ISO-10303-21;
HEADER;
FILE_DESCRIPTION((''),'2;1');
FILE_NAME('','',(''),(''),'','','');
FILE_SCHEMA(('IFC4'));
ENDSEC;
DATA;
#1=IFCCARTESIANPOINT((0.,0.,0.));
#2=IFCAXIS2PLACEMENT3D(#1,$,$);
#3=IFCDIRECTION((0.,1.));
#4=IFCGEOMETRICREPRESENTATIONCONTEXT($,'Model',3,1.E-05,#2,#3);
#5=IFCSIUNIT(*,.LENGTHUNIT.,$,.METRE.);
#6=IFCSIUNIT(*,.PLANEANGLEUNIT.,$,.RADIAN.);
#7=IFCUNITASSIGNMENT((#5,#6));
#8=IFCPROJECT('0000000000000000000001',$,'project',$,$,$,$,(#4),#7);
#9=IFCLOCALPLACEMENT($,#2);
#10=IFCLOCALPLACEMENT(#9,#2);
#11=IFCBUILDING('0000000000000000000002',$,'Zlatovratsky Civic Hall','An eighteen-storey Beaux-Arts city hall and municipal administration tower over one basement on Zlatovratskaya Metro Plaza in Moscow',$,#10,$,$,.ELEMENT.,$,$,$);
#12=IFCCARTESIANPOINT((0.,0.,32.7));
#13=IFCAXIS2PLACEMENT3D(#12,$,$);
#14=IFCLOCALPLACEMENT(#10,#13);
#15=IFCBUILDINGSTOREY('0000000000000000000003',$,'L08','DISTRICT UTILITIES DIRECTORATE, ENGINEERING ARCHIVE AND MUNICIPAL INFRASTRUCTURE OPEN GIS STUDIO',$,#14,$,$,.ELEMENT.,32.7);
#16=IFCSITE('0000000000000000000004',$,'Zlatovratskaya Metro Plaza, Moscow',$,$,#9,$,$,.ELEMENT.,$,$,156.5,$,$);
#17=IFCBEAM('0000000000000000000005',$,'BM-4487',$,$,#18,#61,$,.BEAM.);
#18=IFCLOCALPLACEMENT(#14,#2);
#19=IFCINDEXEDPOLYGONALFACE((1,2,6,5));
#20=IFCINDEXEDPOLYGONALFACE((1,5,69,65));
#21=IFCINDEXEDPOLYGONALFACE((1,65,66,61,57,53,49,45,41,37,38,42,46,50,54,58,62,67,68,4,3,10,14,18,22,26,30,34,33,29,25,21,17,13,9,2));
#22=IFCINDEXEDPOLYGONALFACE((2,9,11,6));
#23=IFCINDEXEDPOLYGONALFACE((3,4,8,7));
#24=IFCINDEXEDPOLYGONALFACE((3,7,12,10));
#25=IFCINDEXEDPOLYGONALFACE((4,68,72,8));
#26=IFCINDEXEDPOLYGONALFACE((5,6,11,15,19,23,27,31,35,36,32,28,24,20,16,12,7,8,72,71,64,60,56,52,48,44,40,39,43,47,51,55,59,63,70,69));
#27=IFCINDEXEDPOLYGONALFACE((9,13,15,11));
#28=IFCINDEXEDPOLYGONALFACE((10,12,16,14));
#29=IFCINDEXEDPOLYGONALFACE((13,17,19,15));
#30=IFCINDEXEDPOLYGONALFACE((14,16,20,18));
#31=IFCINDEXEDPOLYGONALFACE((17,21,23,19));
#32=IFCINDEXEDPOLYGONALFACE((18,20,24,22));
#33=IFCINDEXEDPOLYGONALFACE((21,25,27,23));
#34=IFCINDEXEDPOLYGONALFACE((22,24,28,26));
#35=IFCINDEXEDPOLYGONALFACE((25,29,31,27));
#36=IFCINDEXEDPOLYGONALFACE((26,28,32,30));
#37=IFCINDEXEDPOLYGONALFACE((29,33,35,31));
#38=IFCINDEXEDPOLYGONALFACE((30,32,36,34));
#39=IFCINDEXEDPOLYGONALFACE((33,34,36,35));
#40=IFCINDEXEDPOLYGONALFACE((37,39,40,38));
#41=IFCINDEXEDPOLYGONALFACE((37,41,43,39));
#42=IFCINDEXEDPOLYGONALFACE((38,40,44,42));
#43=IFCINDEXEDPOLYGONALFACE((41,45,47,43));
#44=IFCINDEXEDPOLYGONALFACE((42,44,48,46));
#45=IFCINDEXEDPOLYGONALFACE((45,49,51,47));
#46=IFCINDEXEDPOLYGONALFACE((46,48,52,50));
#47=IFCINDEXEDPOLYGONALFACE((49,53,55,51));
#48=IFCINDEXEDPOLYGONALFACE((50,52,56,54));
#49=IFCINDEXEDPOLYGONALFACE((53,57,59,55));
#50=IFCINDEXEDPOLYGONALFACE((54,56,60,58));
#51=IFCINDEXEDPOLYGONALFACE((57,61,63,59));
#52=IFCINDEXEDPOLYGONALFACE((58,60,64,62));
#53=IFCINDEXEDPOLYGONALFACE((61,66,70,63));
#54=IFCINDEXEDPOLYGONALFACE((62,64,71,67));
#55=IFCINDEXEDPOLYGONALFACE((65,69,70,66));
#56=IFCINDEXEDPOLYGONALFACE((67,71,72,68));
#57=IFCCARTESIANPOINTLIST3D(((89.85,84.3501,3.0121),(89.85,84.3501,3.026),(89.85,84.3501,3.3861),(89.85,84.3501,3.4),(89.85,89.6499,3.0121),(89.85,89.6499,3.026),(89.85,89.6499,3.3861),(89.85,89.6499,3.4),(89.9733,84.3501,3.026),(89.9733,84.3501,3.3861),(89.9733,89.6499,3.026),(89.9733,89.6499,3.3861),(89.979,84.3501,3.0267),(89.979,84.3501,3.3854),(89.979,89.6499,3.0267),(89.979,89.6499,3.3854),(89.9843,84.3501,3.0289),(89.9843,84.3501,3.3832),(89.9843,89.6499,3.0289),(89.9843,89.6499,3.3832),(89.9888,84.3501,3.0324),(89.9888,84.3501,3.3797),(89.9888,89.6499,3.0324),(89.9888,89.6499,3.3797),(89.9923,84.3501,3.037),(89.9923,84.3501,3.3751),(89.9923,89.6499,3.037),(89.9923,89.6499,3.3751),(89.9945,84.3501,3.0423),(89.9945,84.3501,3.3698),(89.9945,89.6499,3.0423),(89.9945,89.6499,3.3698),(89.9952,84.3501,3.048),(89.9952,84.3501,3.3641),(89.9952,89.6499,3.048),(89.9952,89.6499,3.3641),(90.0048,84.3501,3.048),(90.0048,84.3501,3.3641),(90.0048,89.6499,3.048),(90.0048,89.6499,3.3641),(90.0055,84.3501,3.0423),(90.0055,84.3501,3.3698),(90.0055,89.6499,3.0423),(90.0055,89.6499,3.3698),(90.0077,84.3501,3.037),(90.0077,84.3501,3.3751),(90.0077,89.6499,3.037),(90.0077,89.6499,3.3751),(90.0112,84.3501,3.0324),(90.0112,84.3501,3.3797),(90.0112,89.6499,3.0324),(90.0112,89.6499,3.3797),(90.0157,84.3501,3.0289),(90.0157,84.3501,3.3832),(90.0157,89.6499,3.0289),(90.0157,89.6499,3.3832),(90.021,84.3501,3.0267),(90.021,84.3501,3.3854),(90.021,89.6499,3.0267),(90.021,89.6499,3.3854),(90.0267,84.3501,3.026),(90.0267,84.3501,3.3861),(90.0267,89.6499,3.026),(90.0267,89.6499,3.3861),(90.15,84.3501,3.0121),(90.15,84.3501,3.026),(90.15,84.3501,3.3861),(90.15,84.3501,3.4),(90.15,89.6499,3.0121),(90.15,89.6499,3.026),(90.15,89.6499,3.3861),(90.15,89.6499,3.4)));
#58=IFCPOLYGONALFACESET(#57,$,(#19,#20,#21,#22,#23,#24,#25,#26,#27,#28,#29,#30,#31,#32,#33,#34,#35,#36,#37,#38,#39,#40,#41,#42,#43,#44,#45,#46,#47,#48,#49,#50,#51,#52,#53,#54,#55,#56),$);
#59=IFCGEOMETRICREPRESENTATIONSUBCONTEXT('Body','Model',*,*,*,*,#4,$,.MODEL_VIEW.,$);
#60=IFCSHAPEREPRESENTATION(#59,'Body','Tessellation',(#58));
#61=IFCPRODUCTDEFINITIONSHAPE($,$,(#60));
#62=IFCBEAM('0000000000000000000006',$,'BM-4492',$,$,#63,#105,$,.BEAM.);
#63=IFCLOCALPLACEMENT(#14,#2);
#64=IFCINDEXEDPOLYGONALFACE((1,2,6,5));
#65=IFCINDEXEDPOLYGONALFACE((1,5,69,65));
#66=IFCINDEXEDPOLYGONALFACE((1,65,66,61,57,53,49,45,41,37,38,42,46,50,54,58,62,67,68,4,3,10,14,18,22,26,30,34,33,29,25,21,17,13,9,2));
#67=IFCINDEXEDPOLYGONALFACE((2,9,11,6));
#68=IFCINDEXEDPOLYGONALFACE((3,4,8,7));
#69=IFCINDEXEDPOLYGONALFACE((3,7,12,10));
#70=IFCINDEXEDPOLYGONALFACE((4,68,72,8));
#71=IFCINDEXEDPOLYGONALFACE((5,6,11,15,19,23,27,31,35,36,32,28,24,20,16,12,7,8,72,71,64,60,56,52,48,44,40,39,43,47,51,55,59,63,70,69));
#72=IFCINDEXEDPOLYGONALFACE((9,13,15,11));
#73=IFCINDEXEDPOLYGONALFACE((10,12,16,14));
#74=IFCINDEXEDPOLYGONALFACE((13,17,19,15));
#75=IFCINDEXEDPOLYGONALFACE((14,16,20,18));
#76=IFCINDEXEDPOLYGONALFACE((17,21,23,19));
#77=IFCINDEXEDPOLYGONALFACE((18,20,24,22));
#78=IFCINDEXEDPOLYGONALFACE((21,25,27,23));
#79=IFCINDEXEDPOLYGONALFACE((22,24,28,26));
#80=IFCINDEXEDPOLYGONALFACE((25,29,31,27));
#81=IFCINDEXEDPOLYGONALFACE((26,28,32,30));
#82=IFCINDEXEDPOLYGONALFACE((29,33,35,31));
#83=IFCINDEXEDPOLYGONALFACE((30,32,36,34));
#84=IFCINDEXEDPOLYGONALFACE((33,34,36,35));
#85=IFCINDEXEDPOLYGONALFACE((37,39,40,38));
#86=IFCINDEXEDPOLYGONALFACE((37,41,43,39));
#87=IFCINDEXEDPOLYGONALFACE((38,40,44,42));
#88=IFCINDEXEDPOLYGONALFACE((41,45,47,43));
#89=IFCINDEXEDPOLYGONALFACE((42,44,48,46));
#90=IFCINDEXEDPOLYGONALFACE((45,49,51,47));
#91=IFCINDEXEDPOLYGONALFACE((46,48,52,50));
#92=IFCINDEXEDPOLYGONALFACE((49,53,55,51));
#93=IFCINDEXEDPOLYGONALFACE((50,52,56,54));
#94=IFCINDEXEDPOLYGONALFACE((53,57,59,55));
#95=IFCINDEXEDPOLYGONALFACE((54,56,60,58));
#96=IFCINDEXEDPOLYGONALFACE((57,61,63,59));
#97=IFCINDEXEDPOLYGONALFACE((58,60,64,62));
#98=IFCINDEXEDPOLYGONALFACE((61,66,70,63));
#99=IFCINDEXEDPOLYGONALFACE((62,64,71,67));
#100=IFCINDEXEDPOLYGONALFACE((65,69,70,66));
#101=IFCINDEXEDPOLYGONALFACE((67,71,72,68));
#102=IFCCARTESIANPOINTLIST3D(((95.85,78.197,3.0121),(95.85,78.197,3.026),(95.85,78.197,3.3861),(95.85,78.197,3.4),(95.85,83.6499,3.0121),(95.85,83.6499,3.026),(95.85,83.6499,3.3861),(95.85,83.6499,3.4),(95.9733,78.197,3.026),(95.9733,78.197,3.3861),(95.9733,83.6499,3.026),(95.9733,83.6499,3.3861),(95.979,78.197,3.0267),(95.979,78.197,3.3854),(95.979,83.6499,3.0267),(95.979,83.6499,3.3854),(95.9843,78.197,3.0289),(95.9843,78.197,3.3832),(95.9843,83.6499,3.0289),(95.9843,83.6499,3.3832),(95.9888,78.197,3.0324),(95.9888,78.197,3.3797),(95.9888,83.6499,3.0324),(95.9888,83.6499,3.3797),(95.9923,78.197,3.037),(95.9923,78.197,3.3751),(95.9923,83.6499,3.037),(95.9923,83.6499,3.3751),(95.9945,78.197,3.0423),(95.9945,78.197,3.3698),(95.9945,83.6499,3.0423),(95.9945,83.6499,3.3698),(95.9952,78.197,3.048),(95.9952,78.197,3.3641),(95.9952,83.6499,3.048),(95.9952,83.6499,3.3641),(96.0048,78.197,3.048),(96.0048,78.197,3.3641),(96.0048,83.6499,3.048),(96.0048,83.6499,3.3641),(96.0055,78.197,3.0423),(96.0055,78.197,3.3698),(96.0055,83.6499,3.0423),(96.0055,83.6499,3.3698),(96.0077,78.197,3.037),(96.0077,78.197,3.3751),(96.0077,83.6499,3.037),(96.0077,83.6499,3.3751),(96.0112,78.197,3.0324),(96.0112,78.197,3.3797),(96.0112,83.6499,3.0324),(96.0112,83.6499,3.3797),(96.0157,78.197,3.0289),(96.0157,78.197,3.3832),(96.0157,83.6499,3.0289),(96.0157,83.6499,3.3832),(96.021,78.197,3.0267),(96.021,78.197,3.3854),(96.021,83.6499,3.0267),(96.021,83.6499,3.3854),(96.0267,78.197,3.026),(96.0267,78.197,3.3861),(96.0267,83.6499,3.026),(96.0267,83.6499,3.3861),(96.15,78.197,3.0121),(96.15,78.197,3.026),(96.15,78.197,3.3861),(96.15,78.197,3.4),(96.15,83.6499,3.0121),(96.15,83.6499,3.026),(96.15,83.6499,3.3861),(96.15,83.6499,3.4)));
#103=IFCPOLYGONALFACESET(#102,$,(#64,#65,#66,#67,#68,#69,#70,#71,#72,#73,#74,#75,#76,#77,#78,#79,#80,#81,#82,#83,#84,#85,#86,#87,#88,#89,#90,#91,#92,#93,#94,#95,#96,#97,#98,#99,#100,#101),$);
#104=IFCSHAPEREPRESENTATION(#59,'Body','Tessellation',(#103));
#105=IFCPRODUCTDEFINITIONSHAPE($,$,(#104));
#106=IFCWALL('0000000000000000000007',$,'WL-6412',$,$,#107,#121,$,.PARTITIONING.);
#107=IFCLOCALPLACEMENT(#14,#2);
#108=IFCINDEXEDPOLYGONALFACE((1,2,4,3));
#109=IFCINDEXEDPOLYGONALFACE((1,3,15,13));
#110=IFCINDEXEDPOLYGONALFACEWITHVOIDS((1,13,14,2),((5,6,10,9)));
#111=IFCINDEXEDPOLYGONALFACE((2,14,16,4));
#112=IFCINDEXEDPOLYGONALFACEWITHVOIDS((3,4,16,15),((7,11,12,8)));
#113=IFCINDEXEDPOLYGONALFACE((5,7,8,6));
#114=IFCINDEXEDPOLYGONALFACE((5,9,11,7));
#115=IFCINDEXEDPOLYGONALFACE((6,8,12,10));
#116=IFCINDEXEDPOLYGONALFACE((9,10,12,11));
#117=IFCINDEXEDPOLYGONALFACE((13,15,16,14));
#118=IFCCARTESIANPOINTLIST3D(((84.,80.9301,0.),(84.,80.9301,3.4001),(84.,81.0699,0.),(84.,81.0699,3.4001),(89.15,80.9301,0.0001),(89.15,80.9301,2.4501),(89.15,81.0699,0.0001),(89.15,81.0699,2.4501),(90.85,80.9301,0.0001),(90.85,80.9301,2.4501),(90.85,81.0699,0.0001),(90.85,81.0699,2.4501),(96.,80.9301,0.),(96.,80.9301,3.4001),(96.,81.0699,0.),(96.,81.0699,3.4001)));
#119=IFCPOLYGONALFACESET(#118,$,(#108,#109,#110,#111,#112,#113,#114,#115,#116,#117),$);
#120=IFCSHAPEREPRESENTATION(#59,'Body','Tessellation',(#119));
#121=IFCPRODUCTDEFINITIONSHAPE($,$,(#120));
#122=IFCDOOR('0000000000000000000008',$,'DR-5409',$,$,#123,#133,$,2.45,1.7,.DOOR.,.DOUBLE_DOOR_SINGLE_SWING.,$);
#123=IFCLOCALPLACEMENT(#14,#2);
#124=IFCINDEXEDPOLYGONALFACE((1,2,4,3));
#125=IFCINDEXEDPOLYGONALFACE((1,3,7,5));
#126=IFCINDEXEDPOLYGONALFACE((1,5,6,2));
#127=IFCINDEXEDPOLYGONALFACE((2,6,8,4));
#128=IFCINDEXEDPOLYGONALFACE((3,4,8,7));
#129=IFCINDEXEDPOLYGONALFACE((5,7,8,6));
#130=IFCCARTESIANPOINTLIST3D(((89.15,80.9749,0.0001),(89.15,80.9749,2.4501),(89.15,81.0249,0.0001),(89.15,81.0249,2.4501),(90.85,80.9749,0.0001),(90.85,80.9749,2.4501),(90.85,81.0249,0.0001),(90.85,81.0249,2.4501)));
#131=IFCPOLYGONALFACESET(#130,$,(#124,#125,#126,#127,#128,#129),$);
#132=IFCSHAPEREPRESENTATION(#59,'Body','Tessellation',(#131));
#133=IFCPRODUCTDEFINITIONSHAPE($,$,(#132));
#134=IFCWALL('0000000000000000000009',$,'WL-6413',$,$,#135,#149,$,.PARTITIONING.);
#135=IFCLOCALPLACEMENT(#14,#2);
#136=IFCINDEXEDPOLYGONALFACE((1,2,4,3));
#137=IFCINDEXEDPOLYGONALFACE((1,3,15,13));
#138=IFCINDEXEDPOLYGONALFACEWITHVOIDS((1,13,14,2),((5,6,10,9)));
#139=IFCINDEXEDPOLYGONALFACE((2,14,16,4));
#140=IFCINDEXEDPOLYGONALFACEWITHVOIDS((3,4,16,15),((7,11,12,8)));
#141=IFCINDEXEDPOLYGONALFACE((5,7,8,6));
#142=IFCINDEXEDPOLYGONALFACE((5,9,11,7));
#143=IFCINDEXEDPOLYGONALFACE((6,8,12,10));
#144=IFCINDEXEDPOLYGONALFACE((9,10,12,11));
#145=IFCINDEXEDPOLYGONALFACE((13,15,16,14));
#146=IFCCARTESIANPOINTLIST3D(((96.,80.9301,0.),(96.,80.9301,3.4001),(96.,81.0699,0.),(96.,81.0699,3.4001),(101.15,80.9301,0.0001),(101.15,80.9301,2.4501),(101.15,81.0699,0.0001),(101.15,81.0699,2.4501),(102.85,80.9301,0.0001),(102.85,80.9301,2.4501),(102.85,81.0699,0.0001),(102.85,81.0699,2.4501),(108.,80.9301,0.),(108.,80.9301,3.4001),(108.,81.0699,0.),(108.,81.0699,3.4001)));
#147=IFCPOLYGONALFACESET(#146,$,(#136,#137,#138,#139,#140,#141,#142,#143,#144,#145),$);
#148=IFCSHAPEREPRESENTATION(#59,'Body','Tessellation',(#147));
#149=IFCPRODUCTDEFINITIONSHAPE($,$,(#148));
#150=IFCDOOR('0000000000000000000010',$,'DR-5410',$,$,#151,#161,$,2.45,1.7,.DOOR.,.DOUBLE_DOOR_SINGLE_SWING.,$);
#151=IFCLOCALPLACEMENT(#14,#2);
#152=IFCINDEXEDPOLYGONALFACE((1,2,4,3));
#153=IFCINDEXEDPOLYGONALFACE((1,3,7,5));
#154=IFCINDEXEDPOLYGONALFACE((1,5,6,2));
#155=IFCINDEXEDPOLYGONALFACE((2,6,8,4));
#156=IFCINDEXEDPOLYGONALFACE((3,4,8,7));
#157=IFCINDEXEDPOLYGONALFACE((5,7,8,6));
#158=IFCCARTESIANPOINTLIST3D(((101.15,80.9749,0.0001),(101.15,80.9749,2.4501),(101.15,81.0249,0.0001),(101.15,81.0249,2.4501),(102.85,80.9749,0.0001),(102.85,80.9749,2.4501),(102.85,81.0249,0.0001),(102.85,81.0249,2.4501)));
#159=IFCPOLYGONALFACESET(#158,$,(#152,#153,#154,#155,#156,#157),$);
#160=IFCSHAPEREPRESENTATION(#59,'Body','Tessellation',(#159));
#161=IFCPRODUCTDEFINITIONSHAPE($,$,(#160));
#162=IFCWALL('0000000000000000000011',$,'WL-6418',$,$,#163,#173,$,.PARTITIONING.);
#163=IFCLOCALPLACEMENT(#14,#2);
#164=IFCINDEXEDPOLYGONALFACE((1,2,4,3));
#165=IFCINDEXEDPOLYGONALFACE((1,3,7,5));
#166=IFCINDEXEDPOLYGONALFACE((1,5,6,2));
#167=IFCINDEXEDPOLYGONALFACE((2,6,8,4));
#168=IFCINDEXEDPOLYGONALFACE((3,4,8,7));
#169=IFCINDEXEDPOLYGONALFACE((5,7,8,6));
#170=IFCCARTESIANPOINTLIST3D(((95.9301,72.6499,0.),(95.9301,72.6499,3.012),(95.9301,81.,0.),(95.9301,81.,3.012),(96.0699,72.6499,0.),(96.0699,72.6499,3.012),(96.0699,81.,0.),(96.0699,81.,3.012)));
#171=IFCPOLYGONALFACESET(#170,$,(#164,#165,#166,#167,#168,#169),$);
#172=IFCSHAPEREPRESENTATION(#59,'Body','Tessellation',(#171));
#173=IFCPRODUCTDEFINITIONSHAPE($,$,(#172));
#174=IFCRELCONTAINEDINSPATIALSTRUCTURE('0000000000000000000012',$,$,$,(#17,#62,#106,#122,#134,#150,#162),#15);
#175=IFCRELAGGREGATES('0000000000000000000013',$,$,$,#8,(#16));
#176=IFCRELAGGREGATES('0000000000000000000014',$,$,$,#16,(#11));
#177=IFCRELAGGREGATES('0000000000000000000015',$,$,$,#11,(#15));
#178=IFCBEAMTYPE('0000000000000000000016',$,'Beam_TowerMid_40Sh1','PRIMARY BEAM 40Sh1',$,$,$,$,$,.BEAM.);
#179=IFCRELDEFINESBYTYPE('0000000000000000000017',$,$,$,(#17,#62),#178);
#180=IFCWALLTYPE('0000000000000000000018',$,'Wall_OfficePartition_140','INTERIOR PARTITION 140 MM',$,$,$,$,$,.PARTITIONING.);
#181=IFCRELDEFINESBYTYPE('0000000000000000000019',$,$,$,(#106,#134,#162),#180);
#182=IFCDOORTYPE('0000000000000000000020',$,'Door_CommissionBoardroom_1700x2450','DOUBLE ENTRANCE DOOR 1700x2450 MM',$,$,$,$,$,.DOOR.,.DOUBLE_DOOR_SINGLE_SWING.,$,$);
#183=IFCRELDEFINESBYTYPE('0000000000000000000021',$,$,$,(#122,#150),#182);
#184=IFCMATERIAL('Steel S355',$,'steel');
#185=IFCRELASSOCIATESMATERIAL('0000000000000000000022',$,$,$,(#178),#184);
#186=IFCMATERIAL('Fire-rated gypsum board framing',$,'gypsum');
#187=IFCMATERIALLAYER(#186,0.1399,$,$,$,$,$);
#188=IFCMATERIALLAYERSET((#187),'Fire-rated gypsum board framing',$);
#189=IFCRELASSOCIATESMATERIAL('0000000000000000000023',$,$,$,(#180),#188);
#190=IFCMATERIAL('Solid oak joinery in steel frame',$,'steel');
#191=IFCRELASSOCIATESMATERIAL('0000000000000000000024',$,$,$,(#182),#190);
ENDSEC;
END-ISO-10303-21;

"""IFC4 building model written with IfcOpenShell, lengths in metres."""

from ifc_helpers import new_model, si_unit, direction, frame, frame_2d, origin, origin_2d, place, context, subcontext, project, spatial, rectangle, i_section, extrude, material, layer, layer_set, material_profile, profile_set, type_object, element, fill, save


model = new_model("IFC4")

# Units and contexts
model_context = context("Model", 3, precision=1e-05, world=origin(), true_north=direction((0.0, 1.0)))
body_context = subcontext(model_context, "Body", "Model", "MODEL_VIEW")
ifc_project = project(units=[si_unit("LENGTHUNIT", "METRE"), si_unit("PLANEANGLEUNIT", "RADIAN")], contexts=[model_context])

# Site, building, storey
site_placement = place(None, origin())
site = spatial("IfcSite", under=ifc_project, at=site_placement, Name="Zlatovratskaya Metro Plaza, Moscow", CompositionType="ELEMENT", RefElevation=156.5)
building_placement = place(site_placement, origin())
building = spatial("IfcBuilding", under=site, at=building_placement, Name="Zlatovratsky Civic Hall", Description="An eighteen-storey Beaux-Arts city hall and municipal administration tower over one basement on Zlatovratskaya Metro Plaza in Moscow", CompositionType="ELEMENT")
storey_placement = place(building_placement, frame((0.0, 0.0, 32.7)))
storey = spatial("IfcBuildingStorey", under=building, at=storey_placement, Name="L08", Description="DISTRICT UTILITIES DIRECTORATE, ENGINEERING ARCHIVE AND MUNICIPAL INFRASTRUCTURE OPEN GIS STUDIO", CompositionType="ELEMENT", Elevation=32.7)

# Shared definitions
ifc_material_1 = material(Name="Steel S355", Category="steel")

# Beams
ifc_material_profile_1 = material_profile(ifc_material_1, i_section(OverallWidth=0.3, OverallDepth=0.3879, WebThickness=0.0095, FlangeThickness=0.0139, FilletRadius=0.022, at=origin_2d()), Name="40Sh1")
ifc_profile_set_1 = profile_set([ifc_material_profile_1], Name="Steel S355")
beam_type = type_object("IfcBeamType", Name="Beam_TowerMid_40Sh1", Description="PRIMARY BEAM 40Sh1", PredefinedType="BEAM", material=ifc_profile_set_1)
beam_1_placement = place(storey_placement, frame((90.0, 84.3501, 3.2061), z_axis=(0.0, 1.0, 0.0), x_axis=(-1.0, 0.0, 0.0)))
element("IfcBeam", 1, at=beam_1_placement, inside=storey, type_object=beam_type, Name="BM-4487", PredefinedType="BEAM", context=body_context, shape_type="SweptSolid", body=[
    extrude(i_section(OverallWidth=0.3, OverallDepth=0.3879, WebThickness=0.0095, FlangeThickness=0.0139, FilletRadius=0.022, at=origin_2d()), origin(), (0.0, 0.0, 1.0), 5.2998),
])
beam_2_placement = place(storey_placement, frame((96.0, 78.197, 3.2061), z_axis=(0.0, 1.0, 0.0), x_axis=(-1.0, 0.0, 0.0)))
element("IfcBeam", 2, at=beam_2_placement, inside=storey, type_object=beam_type, Name="BM-4492", PredefinedType="BEAM", context=body_context, shape_type="SweptSolid", body=[
    extrude(i_section(OverallWidth=0.3, OverallDepth=0.3879, WebThickness=0.0095, FlangeThickness=0.0139, FilletRadius=0.022, at=origin_2d()), origin(), (0.0, 0.0, 1.0), 5.4529),
])

# Walls, openings, doors
ifc_material_2 = material(Name="Fire-rated gypsum board framing", Category="gypsum")
ifc_layer_1 = layer(ifc_material_2, 0.1399)
ifc_layer_set_1 = layer_set([ifc_layer_1], Name="Fire-rated gypsum board framing")
wall_type_1 = type_object("IfcWallType", Name="Wall_OfficePartition_140", Description="INTERIOR PARTITION 140 MM", PredefinedType="PARTITIONING", material=ifc_layer_set_1)
wall_1_placement = place(storey_placement, frame((84.0, 81.0, 0.0), z_axis=(0.0, 0.0, 1.0), x_axis=(1.0, 0.0, 0.0)))
wall_1 = element("IfcWall", 3, at=wall_1_placement, inside=storey, type_object=wall_type_1, Name="WL-6412", PredefinedType="PARTITIONING", context=body_context, shape_type="SweptSolid", body=[
    extrude(rectangle(XDim=12.0, YDim=0.1399, at=frame_2d((6.0, 0.0))), origin(), (0.0, 0.0, 1.0), 3.4001),
])
opening_1_placement = place(wall_1_placement, frame((5.1499, 0.0, 0.0)))
opening_1 = element("IfcOpeningElement", 4, at=opening_1_placement, cuts=wall_1, PredefinedType="OPENING", context=body_context, shape_type="SweptSolid", body=[
    extrude(rectangle(XDim=1.7, YDim=2.45, at=frame_2d((0.8501, 1.2251))), frame((0.0, 0.085, 0.0), z_axis=(0.0, -1.0, 0.0), x_axis=(1.0, 0.0, 0.0)), (0.0, 0.0, 1.0), 0.1697),
])
ifc_material_3 = material(Name="Solid oak joinery in steel frame", Category="steel")
door_type_1 = type_object("IfcDoorType", Name="Door_CommissionBoardroom_1700x2450", Description="DOUBLE ENTRANCE DOOR 1700x2450 MM", OperationType="DOUBLE_DOOR_SINGLE_SWING", PredefinedType="DOOR", material=ifc_material_3)
door_1_placement = place(opening_1_placement, origin())
door_1 = element("IfcDoor", 5, at=door_1_placement, inside=storey, type_object=door_type_1, Name="DR-5409", OperationType="DOUBLE_DOOR_SINGLE_SWING", OverallHeight=2.45, OverallWidth=1.7, PredefinedType="DOOR", context=body_context, shape_type="SweptSolid", body=[
    extrude(rectangle(XDim=1.7, YDim=2.45, at=frame_2d((0.8501, 1.2251))), frame((0.0, 0.0249, 0.0), z_axis=(0.0, -1.0, 0.0), x_axis=(1.0, 0.0, 0.0)), (0.0, 0.0, 1.0), 0.05),
])
fill(opening_1, door_1)
wall_2_placement = place(storey_placement, frame((96.0, 81.0, 0.0), z_axis=(0.0, 0.0, 1.0), x_axis=(1.0, 0.0, 0.0)))
wall_2 = element("IfcWall", 6, at=wall_2_placement, inside=storey, type_object=wall_type_1, Name="WL-6413", PredefinedType="PARTITIONING", context=body_context, shape_type="SweptSolid", body=[
    extrude(rectangle(XDim=12.0, YDim=0.1399, at=frame_2d((6.0, 0.0))), origin(), (0.0, 0.0, 1.0), 3.4001),
])
opening_2_placement = place(wall_2_placement, frame((5.1499, 0.0, 0.0)))
opening_2 = element("IfcOpeningElement", 7, at=opening_2_placement, cuts=wall_2, PredefinedType="OPENING", context=body_context, shape_type="SweptSolid", body=[
    extrude(rectangle(XDim=1.7, YDim=2.45, at=frame_2d((0.8501, 1.2251))), frame((0.0, 0.085, 0.0), z_axis=(0.0, -1.0, 0.0), x_axis=(1.0, 0.0, 0.0)), (0.0, 0.0, 1.0), 0.1697),
])
door_2_placement = place(opening_2_placement, origin())
door_2 = element("IfcDoor", 8, at=door_2_placement, inside=storey, type_object=door_type_1, Name="DR-5410", OperationType="DOUBLE_DOOR_SINGLE_SWING", OverallHeight=2.45, OverallWidth=1.7, PredefinedType="DOOR", context=body_context, shape_type="SweptSolid", body=[
    extrude(rectangle(XDim=1.7, YDim=2.45, at=frame_2d((0.8501, 1.2251))), frame((0.0, 0.0249, 0.0), z_axis=(0.0, -1.0, 0.0), x_axis=(1.0, 0.0, 0.0)), (0.0, 0.0, 1.0), 0.05),
])
fill(opening_2, door_2)

# Wall
wall_3_placement = place(storey_placement, frame((96.0, 72.6499, 0.0), z_axis=(0.0, 0.0, 1.0), x_axis=(0.0, 1.0, 0.0)))
element("IfcWall", 9, at=wall_3_placement, inside=storey, type_object=wall_type_1, Name="WL-6418", PredefinedType="PARTITIONING", context=body_context, shape_type="SweptSolid", body=[
    extrude(rectangle(XDim=8.3501, YDim=0.1399, at=frame_2d((4.175, 0.0))), origin(), (0.0, 0.0, 1.0), 3.012),
])

save(model, "model.ifc")
